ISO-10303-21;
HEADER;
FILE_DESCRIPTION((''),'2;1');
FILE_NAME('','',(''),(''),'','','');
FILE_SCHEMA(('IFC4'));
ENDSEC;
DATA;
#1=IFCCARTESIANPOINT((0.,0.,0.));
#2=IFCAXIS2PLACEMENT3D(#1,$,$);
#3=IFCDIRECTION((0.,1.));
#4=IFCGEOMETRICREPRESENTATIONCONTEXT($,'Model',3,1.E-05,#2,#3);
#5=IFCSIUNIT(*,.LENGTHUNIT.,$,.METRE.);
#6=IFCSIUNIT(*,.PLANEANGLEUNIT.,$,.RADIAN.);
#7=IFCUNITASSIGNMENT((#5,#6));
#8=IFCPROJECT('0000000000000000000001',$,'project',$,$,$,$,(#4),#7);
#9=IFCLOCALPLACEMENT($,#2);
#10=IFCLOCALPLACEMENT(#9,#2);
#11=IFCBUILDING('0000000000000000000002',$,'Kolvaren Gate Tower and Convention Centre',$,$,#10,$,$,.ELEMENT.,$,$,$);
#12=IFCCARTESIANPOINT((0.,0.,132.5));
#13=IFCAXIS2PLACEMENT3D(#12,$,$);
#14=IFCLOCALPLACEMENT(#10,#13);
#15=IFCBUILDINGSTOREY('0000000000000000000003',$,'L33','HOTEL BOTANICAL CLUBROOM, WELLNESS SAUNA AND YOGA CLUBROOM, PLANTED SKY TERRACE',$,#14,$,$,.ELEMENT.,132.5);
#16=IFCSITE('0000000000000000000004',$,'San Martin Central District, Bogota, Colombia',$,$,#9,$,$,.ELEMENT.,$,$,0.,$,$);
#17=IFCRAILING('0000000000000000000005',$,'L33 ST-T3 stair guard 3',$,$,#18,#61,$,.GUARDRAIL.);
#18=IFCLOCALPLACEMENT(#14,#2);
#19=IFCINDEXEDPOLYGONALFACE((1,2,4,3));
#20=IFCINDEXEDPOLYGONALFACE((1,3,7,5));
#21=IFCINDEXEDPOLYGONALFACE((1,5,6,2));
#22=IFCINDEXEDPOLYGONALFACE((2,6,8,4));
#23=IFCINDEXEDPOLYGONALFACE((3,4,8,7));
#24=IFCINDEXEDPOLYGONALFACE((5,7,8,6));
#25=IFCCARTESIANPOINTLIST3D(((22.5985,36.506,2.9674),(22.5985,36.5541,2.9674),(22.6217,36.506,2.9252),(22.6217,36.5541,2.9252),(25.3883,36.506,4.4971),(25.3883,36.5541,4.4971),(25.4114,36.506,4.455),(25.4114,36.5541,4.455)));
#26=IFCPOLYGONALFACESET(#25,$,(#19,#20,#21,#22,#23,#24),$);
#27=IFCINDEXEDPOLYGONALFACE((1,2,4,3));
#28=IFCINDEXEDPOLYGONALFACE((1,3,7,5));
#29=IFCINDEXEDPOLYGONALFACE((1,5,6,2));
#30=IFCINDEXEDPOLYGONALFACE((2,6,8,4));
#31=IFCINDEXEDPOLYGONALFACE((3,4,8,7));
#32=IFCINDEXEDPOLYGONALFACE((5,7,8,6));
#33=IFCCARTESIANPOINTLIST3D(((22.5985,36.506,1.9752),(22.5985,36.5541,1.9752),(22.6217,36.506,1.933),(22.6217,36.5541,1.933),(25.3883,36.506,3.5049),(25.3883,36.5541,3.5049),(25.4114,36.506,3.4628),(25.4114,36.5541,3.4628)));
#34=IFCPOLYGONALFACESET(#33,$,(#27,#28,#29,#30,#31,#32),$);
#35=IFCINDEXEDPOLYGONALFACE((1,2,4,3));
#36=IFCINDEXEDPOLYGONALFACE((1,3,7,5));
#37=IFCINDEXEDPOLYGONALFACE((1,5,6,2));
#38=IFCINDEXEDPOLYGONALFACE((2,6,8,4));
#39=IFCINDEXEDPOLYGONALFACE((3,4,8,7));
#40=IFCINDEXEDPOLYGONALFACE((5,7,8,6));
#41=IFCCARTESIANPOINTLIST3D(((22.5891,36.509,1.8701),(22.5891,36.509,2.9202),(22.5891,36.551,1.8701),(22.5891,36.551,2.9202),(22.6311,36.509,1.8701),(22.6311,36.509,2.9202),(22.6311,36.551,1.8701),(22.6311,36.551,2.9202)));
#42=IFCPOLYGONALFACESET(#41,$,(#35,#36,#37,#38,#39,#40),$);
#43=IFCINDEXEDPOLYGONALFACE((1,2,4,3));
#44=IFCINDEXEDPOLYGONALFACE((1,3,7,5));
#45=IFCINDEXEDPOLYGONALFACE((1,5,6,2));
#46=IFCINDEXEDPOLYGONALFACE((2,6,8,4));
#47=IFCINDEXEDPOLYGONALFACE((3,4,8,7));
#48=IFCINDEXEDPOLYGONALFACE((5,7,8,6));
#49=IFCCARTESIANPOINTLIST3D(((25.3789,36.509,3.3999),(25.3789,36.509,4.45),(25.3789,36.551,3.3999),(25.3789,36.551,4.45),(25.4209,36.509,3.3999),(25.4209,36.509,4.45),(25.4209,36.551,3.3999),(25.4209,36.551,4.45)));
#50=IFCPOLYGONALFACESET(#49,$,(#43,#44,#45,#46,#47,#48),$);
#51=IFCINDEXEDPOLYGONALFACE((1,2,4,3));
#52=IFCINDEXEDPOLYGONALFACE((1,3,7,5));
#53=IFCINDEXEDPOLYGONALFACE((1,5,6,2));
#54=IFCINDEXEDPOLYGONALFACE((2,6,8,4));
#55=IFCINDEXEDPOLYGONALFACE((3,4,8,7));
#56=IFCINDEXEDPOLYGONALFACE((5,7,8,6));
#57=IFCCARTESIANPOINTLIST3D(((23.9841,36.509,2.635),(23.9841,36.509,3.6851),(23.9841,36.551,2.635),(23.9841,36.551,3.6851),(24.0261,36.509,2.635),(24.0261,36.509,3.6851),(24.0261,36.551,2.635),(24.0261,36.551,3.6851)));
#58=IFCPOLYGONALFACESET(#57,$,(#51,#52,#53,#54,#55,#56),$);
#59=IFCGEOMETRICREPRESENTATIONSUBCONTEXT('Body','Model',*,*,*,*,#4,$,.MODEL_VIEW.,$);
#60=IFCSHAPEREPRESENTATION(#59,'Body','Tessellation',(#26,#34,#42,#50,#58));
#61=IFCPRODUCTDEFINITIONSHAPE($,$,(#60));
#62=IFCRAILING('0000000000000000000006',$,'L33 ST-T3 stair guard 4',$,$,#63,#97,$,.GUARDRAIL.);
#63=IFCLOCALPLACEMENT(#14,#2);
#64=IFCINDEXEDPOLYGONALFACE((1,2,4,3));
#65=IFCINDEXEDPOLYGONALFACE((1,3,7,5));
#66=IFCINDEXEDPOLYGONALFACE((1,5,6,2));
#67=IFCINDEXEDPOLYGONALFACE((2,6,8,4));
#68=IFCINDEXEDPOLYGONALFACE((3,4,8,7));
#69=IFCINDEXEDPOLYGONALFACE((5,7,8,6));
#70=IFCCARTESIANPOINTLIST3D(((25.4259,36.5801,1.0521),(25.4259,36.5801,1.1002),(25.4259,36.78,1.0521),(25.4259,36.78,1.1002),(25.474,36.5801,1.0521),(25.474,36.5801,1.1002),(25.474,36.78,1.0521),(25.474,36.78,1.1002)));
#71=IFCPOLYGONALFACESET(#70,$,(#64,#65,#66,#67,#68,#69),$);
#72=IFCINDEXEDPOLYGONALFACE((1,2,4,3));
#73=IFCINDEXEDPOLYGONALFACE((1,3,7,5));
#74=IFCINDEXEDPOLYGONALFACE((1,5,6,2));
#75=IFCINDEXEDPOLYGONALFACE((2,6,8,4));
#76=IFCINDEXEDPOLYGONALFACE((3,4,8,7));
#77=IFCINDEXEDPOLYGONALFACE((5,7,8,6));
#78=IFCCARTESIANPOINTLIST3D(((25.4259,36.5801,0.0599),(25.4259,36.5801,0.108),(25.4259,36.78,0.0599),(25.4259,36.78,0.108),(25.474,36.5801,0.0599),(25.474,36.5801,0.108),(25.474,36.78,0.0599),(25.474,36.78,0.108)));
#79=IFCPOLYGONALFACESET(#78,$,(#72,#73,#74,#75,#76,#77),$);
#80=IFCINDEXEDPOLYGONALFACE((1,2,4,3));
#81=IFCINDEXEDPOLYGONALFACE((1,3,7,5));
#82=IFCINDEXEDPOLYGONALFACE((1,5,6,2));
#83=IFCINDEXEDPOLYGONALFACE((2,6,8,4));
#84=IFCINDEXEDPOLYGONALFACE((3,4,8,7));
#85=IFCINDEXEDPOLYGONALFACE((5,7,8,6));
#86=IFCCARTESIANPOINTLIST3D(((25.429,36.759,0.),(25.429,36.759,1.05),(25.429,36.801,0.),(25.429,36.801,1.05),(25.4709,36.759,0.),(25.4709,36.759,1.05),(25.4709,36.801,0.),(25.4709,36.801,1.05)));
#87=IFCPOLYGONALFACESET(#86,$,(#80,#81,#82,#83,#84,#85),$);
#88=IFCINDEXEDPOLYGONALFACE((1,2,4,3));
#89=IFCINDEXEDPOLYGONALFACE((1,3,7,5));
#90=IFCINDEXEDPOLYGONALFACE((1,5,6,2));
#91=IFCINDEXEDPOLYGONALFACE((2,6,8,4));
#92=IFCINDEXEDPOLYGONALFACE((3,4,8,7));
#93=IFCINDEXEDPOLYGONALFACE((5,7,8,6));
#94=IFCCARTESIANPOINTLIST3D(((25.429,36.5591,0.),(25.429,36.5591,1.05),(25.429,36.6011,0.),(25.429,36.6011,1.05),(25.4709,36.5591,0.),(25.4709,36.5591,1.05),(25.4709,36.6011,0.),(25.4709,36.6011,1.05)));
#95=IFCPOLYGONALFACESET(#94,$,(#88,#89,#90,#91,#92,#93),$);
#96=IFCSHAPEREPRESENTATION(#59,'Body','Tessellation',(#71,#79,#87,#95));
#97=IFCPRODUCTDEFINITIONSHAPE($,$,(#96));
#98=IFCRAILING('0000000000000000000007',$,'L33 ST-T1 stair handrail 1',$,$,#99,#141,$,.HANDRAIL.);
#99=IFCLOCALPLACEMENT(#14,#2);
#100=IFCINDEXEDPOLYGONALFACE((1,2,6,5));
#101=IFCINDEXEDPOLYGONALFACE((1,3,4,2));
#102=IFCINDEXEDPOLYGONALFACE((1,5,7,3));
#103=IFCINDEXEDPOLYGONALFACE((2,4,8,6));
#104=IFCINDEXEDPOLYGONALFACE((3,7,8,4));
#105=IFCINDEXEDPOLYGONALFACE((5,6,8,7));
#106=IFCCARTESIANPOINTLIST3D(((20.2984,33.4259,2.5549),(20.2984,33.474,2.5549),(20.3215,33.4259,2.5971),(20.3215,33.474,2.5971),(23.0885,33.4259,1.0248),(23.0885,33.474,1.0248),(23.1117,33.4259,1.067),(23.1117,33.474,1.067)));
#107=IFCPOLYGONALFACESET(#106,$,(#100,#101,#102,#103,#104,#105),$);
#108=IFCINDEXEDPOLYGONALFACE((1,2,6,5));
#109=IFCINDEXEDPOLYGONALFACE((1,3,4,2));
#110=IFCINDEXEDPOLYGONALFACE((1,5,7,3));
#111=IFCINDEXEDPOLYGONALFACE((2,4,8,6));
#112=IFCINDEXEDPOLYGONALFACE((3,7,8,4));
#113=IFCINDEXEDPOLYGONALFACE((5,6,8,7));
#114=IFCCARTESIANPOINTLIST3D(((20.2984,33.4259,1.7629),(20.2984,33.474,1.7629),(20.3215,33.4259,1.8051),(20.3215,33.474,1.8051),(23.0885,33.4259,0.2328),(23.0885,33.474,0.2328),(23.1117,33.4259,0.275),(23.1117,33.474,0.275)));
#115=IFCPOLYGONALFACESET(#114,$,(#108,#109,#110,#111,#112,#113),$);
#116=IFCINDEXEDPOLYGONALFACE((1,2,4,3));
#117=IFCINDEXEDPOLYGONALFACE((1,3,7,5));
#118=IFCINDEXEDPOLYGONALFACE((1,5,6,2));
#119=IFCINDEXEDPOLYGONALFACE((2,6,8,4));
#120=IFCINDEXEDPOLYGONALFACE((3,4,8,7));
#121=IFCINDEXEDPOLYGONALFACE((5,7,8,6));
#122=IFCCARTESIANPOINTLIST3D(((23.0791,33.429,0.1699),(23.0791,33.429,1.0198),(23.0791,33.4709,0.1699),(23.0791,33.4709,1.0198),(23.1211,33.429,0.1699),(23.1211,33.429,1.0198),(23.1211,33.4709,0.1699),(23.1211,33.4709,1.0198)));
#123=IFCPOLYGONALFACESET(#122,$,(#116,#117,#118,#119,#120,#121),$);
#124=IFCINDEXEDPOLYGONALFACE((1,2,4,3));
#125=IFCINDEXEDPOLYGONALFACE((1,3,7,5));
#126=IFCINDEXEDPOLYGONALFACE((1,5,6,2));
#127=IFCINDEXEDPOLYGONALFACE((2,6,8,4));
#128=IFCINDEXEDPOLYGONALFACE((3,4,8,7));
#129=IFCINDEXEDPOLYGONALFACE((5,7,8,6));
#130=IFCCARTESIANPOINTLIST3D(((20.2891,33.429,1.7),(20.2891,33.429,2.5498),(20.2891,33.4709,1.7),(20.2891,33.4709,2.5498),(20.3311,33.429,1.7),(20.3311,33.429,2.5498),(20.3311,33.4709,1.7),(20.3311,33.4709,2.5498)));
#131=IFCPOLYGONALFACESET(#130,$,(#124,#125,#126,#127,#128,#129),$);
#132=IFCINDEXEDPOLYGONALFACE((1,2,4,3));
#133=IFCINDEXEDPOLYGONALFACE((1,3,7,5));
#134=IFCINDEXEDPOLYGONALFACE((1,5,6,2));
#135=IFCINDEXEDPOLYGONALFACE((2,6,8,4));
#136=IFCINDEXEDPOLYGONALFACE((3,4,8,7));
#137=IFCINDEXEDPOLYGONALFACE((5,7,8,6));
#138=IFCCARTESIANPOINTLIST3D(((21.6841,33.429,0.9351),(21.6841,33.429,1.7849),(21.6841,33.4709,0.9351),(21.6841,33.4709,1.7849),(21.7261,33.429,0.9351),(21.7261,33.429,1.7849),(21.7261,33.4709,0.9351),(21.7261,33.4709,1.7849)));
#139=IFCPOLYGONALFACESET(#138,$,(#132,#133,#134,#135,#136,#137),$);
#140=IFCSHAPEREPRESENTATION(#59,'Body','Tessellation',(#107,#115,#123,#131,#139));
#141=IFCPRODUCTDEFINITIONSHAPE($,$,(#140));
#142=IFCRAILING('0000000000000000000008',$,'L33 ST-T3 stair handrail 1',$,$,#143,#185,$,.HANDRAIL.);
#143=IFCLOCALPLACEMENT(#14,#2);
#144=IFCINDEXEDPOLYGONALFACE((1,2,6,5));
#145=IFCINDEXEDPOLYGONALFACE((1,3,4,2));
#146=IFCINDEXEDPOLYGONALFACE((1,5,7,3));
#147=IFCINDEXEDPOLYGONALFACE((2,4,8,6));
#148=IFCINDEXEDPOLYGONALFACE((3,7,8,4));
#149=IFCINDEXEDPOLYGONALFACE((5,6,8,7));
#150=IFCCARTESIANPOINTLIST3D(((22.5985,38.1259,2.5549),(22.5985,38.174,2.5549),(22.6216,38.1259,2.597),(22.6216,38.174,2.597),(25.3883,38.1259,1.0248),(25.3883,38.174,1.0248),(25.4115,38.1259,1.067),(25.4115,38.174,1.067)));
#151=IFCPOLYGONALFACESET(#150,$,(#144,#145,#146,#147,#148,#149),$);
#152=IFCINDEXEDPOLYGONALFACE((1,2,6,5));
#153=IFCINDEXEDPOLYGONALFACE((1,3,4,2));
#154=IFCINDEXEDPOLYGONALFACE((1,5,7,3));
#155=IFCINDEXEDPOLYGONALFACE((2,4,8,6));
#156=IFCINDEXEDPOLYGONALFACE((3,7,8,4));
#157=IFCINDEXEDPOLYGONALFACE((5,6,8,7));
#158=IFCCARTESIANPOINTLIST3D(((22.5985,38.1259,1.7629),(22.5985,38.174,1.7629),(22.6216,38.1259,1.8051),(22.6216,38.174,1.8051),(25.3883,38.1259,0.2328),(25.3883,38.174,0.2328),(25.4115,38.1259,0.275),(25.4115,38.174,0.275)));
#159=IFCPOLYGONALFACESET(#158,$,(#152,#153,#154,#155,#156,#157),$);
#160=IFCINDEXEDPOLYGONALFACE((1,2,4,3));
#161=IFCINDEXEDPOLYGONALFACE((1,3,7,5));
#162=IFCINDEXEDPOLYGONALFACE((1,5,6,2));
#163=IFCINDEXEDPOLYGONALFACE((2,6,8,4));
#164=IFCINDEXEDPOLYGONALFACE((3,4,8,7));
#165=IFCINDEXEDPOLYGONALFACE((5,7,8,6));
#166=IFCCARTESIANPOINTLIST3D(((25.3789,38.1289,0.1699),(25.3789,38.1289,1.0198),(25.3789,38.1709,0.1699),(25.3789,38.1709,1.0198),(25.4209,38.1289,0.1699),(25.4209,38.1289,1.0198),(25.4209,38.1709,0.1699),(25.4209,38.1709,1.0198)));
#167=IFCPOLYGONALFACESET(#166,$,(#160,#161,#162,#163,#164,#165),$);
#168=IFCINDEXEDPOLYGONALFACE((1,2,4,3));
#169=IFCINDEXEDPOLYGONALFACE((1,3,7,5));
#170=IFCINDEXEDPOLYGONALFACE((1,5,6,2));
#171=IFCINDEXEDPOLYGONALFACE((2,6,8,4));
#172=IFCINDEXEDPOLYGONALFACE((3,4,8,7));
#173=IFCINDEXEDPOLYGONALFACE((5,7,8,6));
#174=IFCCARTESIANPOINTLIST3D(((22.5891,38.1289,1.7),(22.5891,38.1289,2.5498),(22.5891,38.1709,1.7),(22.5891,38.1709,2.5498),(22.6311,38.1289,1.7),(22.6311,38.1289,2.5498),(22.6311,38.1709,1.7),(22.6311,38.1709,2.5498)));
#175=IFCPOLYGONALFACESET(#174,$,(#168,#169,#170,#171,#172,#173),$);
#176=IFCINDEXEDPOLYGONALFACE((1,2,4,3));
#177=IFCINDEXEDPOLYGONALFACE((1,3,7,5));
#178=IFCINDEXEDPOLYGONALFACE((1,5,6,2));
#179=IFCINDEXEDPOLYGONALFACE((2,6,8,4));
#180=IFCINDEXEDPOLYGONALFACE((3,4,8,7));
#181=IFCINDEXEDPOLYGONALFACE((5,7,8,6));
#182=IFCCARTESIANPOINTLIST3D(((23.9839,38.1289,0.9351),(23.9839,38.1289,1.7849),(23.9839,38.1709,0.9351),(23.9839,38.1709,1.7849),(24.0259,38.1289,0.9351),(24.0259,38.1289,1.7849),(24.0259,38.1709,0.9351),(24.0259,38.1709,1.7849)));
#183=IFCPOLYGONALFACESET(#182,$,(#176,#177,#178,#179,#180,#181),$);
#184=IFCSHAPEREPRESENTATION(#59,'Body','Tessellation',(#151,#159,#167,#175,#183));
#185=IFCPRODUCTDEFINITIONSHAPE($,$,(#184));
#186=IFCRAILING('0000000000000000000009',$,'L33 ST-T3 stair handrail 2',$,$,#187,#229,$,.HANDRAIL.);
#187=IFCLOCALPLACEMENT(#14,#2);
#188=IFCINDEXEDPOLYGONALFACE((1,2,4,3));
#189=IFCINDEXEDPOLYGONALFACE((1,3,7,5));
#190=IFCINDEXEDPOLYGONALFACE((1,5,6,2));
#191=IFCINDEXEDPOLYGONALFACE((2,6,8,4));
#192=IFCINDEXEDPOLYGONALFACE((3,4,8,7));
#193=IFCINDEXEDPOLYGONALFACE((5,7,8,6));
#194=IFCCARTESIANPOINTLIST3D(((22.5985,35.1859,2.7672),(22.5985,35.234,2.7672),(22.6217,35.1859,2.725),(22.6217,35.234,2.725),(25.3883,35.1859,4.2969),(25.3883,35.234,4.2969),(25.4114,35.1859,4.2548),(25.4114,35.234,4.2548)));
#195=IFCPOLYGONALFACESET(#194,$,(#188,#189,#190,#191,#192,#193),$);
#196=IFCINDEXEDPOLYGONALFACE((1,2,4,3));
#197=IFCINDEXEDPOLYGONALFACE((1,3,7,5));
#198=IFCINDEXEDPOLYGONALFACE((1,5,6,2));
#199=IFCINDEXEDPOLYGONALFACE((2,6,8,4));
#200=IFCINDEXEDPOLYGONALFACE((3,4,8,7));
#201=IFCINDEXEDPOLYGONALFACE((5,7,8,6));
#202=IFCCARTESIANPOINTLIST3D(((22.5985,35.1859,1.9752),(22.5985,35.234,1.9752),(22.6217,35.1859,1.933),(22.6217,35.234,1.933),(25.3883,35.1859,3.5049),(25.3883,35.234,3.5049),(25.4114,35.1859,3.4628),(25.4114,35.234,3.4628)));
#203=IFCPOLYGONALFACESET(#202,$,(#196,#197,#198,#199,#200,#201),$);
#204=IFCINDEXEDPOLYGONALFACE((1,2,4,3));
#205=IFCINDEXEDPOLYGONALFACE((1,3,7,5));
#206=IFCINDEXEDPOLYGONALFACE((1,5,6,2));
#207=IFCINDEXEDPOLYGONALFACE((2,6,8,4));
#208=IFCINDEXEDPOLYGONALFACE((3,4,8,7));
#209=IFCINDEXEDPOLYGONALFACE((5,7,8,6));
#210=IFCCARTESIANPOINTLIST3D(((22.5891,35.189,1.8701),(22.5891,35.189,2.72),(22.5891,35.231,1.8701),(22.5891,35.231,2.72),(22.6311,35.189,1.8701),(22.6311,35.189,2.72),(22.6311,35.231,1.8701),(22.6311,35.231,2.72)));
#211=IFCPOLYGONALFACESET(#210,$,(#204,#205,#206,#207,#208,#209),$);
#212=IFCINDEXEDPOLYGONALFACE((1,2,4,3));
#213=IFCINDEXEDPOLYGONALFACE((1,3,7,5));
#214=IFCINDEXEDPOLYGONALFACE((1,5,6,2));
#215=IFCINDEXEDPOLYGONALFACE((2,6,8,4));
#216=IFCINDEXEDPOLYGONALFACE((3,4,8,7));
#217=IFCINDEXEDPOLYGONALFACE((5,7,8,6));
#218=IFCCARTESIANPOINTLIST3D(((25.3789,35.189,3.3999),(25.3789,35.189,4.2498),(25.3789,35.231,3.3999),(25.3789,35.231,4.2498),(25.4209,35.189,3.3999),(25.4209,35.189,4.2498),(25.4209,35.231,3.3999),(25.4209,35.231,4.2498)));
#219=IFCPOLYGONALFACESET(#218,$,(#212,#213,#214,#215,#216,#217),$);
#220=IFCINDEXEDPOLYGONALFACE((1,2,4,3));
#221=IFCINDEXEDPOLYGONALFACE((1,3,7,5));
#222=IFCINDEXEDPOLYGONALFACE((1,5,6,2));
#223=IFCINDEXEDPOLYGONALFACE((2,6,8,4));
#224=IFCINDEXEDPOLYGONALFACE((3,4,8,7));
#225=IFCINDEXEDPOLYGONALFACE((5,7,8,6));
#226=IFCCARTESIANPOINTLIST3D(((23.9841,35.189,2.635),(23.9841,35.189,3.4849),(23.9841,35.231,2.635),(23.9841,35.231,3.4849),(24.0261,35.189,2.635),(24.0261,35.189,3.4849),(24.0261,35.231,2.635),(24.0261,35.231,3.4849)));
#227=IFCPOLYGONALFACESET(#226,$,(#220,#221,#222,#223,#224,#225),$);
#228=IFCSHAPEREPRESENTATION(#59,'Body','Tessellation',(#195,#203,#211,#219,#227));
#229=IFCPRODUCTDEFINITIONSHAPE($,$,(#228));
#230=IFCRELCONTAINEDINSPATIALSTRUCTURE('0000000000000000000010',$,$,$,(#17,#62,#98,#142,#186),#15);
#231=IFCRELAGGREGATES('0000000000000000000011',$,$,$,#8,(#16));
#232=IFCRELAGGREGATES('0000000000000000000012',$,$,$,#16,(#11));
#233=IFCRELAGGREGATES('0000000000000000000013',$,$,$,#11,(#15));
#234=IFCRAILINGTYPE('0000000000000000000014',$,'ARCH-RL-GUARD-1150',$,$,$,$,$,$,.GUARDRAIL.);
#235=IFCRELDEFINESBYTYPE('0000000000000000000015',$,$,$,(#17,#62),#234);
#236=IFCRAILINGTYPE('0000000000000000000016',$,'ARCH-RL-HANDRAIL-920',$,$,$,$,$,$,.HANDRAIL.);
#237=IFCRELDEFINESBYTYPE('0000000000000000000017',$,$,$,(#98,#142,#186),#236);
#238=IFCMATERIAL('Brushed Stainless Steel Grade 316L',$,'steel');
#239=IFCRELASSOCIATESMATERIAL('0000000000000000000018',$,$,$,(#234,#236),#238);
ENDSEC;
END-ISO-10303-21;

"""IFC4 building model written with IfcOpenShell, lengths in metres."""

from ifc_helpers import new_model, si_unit, direction, frame, origin, origin_2d, place, context, subcontext, project, spatial, rectangle, extrude, material, type_object, element, save


model = new_model("IFC4")

# Units and contexts
model_context = context("Model", 3, precision=1e-05, world=origin(), true_north=direction((0.0, 1.0)))
body_context = subcontext(model_context, "Body", "Model", "MODEL_VIEW")
ifc_project = project(units=[si_unit("LENGTHUNIT", "METRE"), si_unit("PLANEANGLEUNIT", "RADIAN")], contexts=[model_context])

# Site, building, storey
site_placement = place(None, origin())
site = spatial("IfcSite", under=ifc_project, at=site_placement, Name="San Martin Central District, Bogota, Colombia", CompositionType="ELEMENT", RefElevation=0.0)
building_placement = place(site_placement, origin())
building = spatial("IfcBuilding", under=site, at=building_placement, Name="Kolvaren Gate Tower and Convention Centre", CompositionType="ELEMENT")
storey_placement = place(building_placement, frame((0.0, 0.0, 132.5)))
storey = spatial("IfcBuildingStorey", under=building, at=storey_placement, Name="L33", Description="HOTEL BOTANICAL CLUBROOM, WELLNESS SAUNA AND YOGA CLUBROOM, PLANTED SKY TERRACE", CompositionType="ELEMENT", Elevation=132.5)

# Railings
ifc_material_1 = material(Name="Brushed Stainless Steel Grade 316L", Category="steel")
railing_type_1 = type_object("IfcRailingType", Name="ARCH-RL-GUARD-1150", PredefinedType="GUARDRAIL", material=ifc_material_1)
railing_1_placement = place(storey_placement, frame((22.6101, 36.53, 1.8701)))
element("IfcRailing", 1, at=railing_1_placement, inside=storey, type_object=railing_type_1, Name="L33 ST-T3 stair guard 3", PredefinedType="GUARDRAIL", context=body_context, shape_type="SweptSolid", body=[
    extrude(rectangle(XDim=0.0481, YDim=0.0481, at=origin_2d()), frame((0.0, 0.0, 1.0762), z_axis=(0.876826, 0.0, 0.480808), x_axis=(0.0, 1.0, 0.0)), (0.0, 0.0, 1.0), 3.1816),
    extrude(rectangle(XDim=0.0481, YDim=0.0481, at=origin_2d()), frame((0.0, 0.0, 0.084), z_axis=(0.876826, 0.0, 0.480808), x_axis=(0.0, 1.0, 0.0)), (0.0, 0.0, 1.0), 3.1816),
    extrude(rectangle(XDim=0.042, YDim=0.042, at=origin_2d()), origin(), (0.0, 0.0, 1.0), 1.05),
    extrude(rectangle(XDim=0.042, YDim=0.042, at=origin_2d()), frame((2.7898, 0.0, 1.5298)), (0.0, 0.0, 1.0), 1.05),
    extrude(rectangle(XDim=0.042, YDim=0.042, at=origin_2d()), frame((1.395, 0.0, 0.7649)), (0.0, 0.0, 1.0), 1.05),
])
railing_2_placement = place(storey_placement, frame((25.45, 36.78, 0.0)))
element("IfcRailing", 2, at=railing_2_placement, inside=storey, type_object=railing_type_1, Name="L33 ST-T3 stair guard 4", PredefinedType="GUARDRAIL", context=body_context, shape_type="SweptSolid", body=[
    extrude(rectangle(XDim=0.0481, YDim=0.0481, at=origin_2d()), frame((0.0, 0.0, 1.0762), z_axis=(0.0, -1.0, 0.0), x_axis=(1.0, 0.0, 0.0)), (0.0, 0.0, 1.0), 0.2),
    extrude(rectangle(XDim=0.0481, YDim=0.0481, at=origin_2d()), frame((0.0, 0.0, 0.084), z_axis=(0.0, -1.0, 0.0), x_axis=(1.0, 0.0, 0.0)), (0.0, 0.0, 1.0), 0.2),
    extrude(rectangle(XDim=0.042, YDim=0.042, at=origin_2d()), origin(), (0.0, 0.0, 1.0), 1.05),
    extrude(rectangle(XDim=0.042, YDim=0.042, at=origin_2d()), frame((0.0, -0.2, 0.0)), (0.0, 0.0, 1.0), 1.05),
])
railing_type_2 = type_object("IfcRailingType", Name="ARCH-RL-HANDRAIL-920", PredefinedType="HANDRAIL", material=ifc_material_1)
railing_3_placement = place(storey_placement, frame((23.1001, 33.45, 0.1699)))
element("IfcRailing", 3, at=railing_3_placement, inside=storey, type_object=railing_type_2, Name="L33 ST-T1 stair handrail 1", PredefinedType="HANDRAIL", context=body_context, shape_type="SweptSolid", body=[
    extrude(rectangle(XDim=0.0481, YDim=0.0481, at=origin_2d()), frame((0.0, 0.0, 0.876), z_axis=(-0.876811, 0.0, 0.480835), x_axis=(0.0, -1.0, 0.0)), (0.0, 0.0, 1.0), 3.1821),
    extrude(rectangle(XDim=0.0481, YDim=0.0481, at=origin_2d()), frame((0.0, 0.0, 0.084), z_axis=(-0.876811, 0.0, 0.480835), x_axis=(0.0, -1.0, 0.0)), (0.0, 0.0, 1.0), 3.1821),
    extrude(rectangle(XDim=0.042, YDim=0.042, at=origin_2d()), origin(), (0.0, 0.0, 1.0), 0.8499),
    extrude(rectangle(XDim=0.042, YDim=0.042, at=origin_2d()), frame((-2.79, 0.0, 1.53)), (0.0, 0.0, 1.0), 0.8499),
    extrude(rectangle(XDim=0.042, YDim=0.042, at=origin_2d()), frame((-1.395, 0.0, 0.7651)), (0.0, 0.0, 1.0), 0.8499),
])
railing_4_placement = place(storey_placement, frame((25.3999, 38.1499, 0.1699)))
element("IfcRailing", 4, at=railing_4_placement, inside=storey, type_object=railing_type_2, Name="L33 ST-T3 stair handrail 1", PredefinedType="HANDRAIL", context=body_context, shape_type="SweptSolid", body=[
    extrude(rectangle(XDim=0.0481, YDim=0.0481, at=origin_2d()), frame((0.0, 0.0, 0.876), z_axis=(-0.876794, 0.0, 0.480867), x_axis=(0.0, -1.0, 0.0)), (0.0, 0.0, 1.0), 3.1819),
    extrude(rectangle(XDim=0.0481, YDim=0.0481, at=origin_2d()), frame((0.0, 0.0, 0.084), z_axis=(-0.876794, 0.0, 0.480867), x_axis=(0.0, -1.0, 0.0)), (0.0, 0.0, 1.0), 3.1819),
    extrude(rectangle(XDim=0.042, YDim=0.042, at=origin_2d()), origin(), (0.0, 0.0, 1.0), 0.8499),
    extrude(rectangle(XDim=0.042, YDim=0.042, at=origin_2d()), frame((-2.7898, 0.0, 1.53)), (0.0, 0.0, 1.0), 0.8499),
    extrude(rectangle(XDim=0.042, YDim=0.042, at=origin_2d()), frame((-1.395, 0.0, 0.7651)), (0.0, 0.0, 1.0), 0.8499),
])
railing_5_placement = place(storey_placement, frame((22.6101, 35.21, 1.8701)))
element("IfcRailing", 5, at=railing_5_placement, inside=storey, type_object=railing_type_2, Name="L33 ST-T3 stair handrail 2", PredefinedType="HANDRAIL", context=body_context, shape_type="SweptSolid", body=[
    extrude(rectangle(XDim=0.0481, YDim=0.0481, at=origin_2d()), frame((0.0, 0.0, 0.876), z_axis=(0.876826, 0.0, 0.480808), x_axis=(0.0, 1.0, 0.0)), (0.0, 0.0, 1.0), 3.1816),
    extrude(rectangle(XDim=0.0481, YDim=0.0481, at=origin_2d()), frame((0.0, 0.0, 0.084), z_axis=(0.876826, 0.0, 0.480808), x_axis=(0.0, 1.0, 0.0)), (0.0, 0.0, 1.0), 3.1816),
    extrude(rectangle(XDim=0.042, YDim=0.042, at=origin_2d()), origin(), (0.0, 0.0, 1.0), 0.8499),
    extrude(rectangle(XDim=0.042, YDim=0.042, at=origin_2d()), frame((2.7898, 0.0, 1.5298)), (0.0, 0.0, 1.0), 0.8499),
    extrude(rectangle(XDim=0.042, YDim=0.042, at=origin_2d()), frame((1.395, 0.0, 0.7649)), (0.0, 0.0, 1.0), 0.8499),
])

save(model, "model.ifc")
